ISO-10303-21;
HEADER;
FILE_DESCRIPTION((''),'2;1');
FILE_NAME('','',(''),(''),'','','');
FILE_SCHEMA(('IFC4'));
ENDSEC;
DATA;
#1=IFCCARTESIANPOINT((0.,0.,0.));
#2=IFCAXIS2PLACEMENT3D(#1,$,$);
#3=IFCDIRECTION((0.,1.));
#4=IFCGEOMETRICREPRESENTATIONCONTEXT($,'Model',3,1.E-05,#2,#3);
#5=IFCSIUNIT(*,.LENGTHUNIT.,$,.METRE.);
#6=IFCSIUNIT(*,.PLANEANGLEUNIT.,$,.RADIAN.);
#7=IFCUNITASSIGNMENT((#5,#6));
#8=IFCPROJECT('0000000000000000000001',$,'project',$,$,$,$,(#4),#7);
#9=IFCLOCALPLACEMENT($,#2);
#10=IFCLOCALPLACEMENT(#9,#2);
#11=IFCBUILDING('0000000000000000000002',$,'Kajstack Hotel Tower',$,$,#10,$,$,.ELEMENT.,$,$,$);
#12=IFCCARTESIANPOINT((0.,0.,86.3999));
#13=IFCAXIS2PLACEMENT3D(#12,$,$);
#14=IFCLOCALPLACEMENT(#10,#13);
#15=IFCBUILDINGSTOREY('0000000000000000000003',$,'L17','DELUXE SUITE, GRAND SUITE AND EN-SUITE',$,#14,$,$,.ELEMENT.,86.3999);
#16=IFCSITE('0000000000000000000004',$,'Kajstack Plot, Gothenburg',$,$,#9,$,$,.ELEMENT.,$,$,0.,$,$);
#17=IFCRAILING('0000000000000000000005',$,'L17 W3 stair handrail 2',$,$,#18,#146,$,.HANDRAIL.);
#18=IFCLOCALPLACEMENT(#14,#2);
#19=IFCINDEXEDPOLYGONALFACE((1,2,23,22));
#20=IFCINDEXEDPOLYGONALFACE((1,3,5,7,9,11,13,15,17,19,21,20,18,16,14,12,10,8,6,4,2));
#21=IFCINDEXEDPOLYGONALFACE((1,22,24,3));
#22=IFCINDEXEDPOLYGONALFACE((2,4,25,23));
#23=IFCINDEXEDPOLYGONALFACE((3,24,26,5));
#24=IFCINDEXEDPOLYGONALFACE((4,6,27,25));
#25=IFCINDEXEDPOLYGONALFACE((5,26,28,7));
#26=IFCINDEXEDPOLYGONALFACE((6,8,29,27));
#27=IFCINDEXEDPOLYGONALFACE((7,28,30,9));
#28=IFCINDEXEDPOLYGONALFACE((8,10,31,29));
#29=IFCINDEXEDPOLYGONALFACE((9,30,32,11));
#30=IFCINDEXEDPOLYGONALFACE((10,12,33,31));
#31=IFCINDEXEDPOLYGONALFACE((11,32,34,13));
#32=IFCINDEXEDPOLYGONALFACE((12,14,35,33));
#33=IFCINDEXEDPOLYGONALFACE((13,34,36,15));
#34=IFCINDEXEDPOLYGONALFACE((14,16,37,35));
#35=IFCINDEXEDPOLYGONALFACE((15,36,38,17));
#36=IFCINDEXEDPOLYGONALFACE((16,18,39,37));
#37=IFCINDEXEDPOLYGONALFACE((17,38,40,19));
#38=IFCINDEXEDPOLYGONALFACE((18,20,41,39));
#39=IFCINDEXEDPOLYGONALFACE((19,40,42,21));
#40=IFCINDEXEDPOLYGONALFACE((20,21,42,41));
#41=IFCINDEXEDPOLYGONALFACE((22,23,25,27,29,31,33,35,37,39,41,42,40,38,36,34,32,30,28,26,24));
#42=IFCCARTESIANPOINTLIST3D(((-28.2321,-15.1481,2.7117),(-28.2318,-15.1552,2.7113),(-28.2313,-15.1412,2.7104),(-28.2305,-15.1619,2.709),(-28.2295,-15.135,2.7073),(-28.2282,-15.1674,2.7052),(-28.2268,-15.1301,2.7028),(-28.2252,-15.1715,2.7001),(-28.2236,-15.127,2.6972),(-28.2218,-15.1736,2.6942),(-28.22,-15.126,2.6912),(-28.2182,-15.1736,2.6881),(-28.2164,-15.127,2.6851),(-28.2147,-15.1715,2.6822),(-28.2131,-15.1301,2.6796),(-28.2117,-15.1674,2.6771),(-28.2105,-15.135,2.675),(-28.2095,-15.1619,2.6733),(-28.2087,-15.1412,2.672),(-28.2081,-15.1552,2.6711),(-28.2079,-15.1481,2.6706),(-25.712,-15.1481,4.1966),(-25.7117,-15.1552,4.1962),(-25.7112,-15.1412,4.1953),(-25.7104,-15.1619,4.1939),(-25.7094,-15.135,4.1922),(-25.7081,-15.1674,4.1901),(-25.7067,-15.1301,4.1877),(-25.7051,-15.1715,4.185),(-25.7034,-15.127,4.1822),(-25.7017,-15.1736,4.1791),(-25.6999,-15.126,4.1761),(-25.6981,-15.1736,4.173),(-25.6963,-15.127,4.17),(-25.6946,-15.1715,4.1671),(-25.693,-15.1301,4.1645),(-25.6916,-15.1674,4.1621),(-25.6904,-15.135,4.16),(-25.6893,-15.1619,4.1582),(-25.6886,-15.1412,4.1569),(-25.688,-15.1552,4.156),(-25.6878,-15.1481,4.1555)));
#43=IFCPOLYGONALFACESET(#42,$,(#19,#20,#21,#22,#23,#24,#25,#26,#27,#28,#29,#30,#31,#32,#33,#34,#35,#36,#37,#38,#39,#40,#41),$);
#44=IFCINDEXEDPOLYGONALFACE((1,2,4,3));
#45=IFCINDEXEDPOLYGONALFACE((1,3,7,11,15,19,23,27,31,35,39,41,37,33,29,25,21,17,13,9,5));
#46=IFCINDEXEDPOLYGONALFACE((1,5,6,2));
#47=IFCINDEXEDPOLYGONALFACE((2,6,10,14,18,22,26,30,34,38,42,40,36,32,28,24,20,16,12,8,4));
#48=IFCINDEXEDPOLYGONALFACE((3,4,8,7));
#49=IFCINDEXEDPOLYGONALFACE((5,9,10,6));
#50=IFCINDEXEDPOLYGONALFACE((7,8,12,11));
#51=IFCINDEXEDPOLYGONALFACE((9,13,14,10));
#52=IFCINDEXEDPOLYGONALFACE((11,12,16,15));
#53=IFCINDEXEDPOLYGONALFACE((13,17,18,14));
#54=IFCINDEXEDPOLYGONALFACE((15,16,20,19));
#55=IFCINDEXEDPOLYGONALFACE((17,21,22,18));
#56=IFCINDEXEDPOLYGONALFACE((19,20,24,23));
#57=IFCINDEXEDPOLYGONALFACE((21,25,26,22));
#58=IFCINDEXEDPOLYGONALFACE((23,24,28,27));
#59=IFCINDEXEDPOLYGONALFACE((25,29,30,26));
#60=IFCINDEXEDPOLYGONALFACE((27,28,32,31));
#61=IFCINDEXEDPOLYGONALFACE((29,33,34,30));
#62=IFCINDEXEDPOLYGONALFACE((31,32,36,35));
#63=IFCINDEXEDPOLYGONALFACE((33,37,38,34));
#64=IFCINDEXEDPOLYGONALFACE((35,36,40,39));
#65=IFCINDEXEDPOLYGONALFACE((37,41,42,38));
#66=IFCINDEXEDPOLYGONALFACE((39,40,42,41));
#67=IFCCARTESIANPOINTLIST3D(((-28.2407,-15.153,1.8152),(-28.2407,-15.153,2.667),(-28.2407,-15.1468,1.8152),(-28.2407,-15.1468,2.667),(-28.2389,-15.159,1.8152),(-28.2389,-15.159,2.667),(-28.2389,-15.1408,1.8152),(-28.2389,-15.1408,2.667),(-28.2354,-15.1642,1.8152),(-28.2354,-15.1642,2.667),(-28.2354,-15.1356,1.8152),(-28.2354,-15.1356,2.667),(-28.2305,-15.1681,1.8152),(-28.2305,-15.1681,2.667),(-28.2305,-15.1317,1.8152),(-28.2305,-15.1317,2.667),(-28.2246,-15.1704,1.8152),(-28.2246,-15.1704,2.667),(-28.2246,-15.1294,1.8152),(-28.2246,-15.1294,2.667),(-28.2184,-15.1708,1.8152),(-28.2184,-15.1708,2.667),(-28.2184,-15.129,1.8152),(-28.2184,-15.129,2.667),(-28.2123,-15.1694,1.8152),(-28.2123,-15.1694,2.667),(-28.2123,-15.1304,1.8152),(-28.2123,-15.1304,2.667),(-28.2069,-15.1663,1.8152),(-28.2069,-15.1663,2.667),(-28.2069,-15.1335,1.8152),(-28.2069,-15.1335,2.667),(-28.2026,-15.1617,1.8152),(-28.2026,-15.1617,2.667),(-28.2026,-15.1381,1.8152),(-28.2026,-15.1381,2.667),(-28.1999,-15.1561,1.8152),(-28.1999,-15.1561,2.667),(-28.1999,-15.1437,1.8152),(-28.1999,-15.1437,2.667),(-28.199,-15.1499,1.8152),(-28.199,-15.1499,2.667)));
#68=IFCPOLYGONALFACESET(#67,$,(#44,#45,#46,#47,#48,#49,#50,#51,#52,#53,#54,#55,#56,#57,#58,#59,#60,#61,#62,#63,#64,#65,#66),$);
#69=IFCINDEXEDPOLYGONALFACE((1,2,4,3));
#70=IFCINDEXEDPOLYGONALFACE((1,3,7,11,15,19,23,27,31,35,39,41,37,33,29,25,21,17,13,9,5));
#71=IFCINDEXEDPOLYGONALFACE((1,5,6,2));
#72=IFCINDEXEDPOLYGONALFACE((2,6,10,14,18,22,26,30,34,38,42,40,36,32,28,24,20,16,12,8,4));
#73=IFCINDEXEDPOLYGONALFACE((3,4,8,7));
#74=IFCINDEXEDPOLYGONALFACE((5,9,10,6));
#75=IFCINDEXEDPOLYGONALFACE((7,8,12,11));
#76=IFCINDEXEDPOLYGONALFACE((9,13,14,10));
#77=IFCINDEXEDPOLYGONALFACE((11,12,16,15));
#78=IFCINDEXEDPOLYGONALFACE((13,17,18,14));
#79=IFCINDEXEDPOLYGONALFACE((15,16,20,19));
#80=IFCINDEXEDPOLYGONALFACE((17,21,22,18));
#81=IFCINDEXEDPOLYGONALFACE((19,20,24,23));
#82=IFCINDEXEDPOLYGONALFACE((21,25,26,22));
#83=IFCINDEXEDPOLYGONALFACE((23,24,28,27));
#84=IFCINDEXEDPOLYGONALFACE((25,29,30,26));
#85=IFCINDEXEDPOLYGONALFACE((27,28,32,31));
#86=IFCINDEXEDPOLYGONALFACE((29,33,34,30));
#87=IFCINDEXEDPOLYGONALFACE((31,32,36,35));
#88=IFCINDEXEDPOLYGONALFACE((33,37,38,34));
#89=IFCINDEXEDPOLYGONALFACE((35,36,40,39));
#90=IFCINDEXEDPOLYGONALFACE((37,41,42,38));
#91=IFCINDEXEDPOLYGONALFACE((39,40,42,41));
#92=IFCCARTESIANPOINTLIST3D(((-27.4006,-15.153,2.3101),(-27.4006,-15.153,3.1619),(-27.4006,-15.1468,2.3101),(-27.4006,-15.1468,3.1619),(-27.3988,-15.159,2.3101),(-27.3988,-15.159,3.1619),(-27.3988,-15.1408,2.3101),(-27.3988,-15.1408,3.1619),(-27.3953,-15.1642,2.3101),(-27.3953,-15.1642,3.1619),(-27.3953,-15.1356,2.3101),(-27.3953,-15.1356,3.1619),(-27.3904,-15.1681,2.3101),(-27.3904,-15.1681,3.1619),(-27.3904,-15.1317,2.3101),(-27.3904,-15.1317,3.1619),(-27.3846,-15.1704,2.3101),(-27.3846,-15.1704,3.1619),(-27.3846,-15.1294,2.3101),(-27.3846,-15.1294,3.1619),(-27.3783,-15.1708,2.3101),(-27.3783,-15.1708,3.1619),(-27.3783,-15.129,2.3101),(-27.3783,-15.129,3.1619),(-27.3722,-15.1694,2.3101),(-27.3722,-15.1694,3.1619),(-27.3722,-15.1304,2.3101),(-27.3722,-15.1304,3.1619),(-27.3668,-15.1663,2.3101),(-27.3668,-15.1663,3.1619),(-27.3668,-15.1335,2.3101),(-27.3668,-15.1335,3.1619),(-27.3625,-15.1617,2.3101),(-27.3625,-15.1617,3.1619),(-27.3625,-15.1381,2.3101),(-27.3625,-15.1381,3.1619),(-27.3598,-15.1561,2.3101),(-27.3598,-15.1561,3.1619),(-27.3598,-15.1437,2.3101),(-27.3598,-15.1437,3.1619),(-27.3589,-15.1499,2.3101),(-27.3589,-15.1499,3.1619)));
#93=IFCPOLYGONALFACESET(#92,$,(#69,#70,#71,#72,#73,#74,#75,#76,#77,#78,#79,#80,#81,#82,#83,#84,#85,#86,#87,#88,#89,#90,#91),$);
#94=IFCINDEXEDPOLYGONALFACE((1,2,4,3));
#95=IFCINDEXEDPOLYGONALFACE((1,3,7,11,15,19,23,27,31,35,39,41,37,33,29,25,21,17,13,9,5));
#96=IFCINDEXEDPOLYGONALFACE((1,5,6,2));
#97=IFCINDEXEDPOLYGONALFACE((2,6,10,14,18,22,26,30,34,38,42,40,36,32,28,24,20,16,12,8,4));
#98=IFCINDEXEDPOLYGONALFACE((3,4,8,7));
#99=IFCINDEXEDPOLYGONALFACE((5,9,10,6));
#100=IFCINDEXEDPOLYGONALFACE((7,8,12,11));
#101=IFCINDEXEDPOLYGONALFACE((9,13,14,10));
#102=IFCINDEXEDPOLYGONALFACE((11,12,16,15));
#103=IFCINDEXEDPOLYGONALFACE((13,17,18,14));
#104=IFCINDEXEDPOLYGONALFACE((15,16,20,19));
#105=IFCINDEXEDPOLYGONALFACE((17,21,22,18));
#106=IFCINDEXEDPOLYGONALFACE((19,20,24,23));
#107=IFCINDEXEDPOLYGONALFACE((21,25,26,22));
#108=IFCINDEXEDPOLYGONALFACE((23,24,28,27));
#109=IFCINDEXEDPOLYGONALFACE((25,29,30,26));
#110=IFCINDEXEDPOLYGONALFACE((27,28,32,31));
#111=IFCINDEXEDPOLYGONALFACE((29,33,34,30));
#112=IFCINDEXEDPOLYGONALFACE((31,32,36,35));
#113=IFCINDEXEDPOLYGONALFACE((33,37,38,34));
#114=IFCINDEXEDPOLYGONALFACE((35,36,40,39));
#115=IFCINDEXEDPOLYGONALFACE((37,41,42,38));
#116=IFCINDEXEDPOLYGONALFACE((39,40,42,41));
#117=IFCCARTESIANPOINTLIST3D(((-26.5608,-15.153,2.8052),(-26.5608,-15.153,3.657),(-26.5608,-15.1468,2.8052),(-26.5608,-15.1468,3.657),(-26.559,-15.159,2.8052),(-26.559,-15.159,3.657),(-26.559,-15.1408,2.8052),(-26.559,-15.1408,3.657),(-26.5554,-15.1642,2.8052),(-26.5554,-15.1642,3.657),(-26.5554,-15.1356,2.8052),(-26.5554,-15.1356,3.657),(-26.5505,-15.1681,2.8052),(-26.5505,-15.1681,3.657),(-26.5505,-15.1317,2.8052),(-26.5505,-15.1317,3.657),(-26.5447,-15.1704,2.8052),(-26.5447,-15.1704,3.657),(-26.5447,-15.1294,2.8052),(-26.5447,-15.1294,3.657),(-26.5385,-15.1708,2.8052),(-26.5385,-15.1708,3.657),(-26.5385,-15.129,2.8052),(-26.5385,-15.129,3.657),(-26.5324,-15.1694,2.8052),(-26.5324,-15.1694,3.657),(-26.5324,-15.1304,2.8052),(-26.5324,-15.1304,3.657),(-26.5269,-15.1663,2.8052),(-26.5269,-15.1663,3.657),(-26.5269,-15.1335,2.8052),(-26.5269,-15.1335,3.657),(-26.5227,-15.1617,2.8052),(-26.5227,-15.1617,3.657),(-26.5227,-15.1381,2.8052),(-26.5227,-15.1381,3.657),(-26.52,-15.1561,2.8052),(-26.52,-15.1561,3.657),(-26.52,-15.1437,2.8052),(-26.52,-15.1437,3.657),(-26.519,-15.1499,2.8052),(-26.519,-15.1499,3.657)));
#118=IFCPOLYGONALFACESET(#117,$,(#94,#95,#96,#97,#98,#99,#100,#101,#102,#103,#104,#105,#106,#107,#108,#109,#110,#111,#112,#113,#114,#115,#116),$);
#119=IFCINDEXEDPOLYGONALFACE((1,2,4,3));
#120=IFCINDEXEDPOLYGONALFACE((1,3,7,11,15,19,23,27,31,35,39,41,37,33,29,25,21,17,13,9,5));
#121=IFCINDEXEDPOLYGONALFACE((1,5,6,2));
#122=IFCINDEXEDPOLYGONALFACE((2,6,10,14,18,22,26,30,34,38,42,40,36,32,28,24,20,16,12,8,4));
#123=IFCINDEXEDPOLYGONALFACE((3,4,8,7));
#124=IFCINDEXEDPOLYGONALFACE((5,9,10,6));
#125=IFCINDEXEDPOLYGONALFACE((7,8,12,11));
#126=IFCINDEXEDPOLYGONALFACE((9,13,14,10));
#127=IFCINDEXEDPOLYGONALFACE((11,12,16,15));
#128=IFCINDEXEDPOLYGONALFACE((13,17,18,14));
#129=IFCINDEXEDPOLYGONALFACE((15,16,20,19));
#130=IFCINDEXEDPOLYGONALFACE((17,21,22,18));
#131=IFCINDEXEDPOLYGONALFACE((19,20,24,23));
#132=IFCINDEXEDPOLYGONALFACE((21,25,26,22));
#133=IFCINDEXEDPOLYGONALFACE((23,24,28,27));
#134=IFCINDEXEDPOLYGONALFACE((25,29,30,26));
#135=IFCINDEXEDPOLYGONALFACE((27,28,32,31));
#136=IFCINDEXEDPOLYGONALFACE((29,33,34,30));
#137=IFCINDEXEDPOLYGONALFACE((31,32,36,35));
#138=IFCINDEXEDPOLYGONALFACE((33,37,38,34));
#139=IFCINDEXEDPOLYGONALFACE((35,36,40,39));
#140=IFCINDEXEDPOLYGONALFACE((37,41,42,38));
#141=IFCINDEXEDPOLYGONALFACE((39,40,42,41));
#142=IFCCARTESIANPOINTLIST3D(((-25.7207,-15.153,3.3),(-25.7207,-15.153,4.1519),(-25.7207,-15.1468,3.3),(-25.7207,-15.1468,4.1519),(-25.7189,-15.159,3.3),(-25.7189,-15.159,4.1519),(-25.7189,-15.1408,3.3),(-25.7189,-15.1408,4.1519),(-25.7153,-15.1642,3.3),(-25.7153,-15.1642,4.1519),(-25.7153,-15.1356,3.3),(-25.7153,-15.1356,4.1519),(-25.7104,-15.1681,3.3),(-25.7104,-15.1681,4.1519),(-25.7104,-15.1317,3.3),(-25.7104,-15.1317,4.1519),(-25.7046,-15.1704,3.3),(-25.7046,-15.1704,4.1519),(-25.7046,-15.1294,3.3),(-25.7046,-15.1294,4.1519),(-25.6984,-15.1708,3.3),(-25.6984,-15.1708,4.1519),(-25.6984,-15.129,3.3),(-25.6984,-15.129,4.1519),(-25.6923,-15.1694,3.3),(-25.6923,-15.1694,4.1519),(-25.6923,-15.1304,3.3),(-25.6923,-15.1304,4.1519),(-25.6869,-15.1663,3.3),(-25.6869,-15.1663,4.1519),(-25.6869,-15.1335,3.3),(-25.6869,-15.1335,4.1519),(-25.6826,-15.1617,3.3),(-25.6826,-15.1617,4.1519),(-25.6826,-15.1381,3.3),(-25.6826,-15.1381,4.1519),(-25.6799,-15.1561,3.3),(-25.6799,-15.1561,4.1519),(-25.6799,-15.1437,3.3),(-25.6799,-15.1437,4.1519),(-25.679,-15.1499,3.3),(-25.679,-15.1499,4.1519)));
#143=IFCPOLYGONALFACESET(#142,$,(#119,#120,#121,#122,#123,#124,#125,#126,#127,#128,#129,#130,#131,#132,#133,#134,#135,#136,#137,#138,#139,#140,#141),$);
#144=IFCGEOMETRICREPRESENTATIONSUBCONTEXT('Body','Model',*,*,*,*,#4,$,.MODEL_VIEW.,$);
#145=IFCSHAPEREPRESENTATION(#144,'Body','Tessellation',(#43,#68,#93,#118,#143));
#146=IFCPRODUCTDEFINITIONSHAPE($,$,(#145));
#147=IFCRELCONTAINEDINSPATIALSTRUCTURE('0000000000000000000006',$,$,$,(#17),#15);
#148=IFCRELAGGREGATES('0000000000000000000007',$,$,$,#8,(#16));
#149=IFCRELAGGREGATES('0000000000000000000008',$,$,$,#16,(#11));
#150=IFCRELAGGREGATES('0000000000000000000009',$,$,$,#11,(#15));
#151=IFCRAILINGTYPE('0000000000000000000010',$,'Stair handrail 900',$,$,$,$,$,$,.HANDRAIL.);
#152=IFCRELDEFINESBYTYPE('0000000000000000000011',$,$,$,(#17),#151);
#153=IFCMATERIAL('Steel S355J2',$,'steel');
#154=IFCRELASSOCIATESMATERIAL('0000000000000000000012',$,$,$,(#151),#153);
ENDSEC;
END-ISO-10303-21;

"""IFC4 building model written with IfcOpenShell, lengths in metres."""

from ifc_helpers import new_model, si_unit, direction, frame, origin, origin_2d, place, context, subcontext, project, spatial, circle, extrude, material, type_object, element, save


model = new_model("IFC4")

# Units and contexts
model_context = context("Model", 3, precision=1e-05, world=origin(), true_north=direction((0.0, 1.0)))
body_context = subcontext(model_context, "Body", "Model", "MODEL_VIEW")
ifc_project = project(units=[si_unit("LENGTHUNIT", "METRE"), si_unit("PLANEANGLEUNIT", "RADIAN")], contexts=[model_context])

# Site, building, storey
site_placement = place(None, origin())
site = spatial("IfcSite", under=ifc_project, at=site_placement, Name="Kajstack Plot, Gothenburg", CompositionType="ELEMENT", RefElevation=0.0)
building_placement = place(site_placement, origin())
building = spatial("IfcBuilding", under=site, at=building_placement, Name="Kajstack Hotel Tower", CompositionType="ELEMENT")
storey_placement = place(building_placement, frame((0.0, 0.0, 86.3999)))
storey = spatial("IfcBuildingStorey", under=building, at=storey_placement, Name="L17", Description="DELUXE SUITE, GRAND SUITE AND EN-SUITE", CompositionType="ELEMENT", Elevation=86.3999)

# Railing
ifc_material_1 = material(Name="Steel S355J2", Category="steel")
railing_type = type_object("IfcRailingType", Name="Stair handrail 900", PredefinedType="HANDRAIL", material=ifc_material_1)
railing_1_placement = place(storey_placement, frame((-28.22, -15.1499, 1.8152)))
element("IfcRailing", 1, at=railing_1_placement, inside=storey, type_object=railing_type, Name="L17 W3 stair handrail 2", PredefinedType="HANDRAIL", context=body_context, shape_type="SweptSolid", body=[
    extrude(circle(Radius=0.0239, at=origin_2d()), frame((0.0, 0.0, 0.876), z_axis=(0.861561, 0.0, 0.507655), x_axis=(0.0, 1.0, 0.0)), (0.0, 0.0, 1.0), 2.925),
    extrude(circle(Radius=0.021, at=origin_2d()), origin(), (0.0, 0.0, 1.0), 0.8518),
    extrude(circle(Radius=0.021, at=origin_2d()), frame((0.8401, 0.0, 0.4949)), (0.0, 0.0, 1.0), 0.8518),
    extrude(circle(Radius=0.021, at=origin_2d()), frame((1.6799, 0.0, 0.99)), (0.0, 0.0, 1.0), 0.8518),
    extrude(circle(Radius=0.021, at=origin_2d()), frame((2.52, 0.0, 1.4849)), (0.0, 0.0, 1.0), 0.8518),
])

save(model, "model.ifc")
